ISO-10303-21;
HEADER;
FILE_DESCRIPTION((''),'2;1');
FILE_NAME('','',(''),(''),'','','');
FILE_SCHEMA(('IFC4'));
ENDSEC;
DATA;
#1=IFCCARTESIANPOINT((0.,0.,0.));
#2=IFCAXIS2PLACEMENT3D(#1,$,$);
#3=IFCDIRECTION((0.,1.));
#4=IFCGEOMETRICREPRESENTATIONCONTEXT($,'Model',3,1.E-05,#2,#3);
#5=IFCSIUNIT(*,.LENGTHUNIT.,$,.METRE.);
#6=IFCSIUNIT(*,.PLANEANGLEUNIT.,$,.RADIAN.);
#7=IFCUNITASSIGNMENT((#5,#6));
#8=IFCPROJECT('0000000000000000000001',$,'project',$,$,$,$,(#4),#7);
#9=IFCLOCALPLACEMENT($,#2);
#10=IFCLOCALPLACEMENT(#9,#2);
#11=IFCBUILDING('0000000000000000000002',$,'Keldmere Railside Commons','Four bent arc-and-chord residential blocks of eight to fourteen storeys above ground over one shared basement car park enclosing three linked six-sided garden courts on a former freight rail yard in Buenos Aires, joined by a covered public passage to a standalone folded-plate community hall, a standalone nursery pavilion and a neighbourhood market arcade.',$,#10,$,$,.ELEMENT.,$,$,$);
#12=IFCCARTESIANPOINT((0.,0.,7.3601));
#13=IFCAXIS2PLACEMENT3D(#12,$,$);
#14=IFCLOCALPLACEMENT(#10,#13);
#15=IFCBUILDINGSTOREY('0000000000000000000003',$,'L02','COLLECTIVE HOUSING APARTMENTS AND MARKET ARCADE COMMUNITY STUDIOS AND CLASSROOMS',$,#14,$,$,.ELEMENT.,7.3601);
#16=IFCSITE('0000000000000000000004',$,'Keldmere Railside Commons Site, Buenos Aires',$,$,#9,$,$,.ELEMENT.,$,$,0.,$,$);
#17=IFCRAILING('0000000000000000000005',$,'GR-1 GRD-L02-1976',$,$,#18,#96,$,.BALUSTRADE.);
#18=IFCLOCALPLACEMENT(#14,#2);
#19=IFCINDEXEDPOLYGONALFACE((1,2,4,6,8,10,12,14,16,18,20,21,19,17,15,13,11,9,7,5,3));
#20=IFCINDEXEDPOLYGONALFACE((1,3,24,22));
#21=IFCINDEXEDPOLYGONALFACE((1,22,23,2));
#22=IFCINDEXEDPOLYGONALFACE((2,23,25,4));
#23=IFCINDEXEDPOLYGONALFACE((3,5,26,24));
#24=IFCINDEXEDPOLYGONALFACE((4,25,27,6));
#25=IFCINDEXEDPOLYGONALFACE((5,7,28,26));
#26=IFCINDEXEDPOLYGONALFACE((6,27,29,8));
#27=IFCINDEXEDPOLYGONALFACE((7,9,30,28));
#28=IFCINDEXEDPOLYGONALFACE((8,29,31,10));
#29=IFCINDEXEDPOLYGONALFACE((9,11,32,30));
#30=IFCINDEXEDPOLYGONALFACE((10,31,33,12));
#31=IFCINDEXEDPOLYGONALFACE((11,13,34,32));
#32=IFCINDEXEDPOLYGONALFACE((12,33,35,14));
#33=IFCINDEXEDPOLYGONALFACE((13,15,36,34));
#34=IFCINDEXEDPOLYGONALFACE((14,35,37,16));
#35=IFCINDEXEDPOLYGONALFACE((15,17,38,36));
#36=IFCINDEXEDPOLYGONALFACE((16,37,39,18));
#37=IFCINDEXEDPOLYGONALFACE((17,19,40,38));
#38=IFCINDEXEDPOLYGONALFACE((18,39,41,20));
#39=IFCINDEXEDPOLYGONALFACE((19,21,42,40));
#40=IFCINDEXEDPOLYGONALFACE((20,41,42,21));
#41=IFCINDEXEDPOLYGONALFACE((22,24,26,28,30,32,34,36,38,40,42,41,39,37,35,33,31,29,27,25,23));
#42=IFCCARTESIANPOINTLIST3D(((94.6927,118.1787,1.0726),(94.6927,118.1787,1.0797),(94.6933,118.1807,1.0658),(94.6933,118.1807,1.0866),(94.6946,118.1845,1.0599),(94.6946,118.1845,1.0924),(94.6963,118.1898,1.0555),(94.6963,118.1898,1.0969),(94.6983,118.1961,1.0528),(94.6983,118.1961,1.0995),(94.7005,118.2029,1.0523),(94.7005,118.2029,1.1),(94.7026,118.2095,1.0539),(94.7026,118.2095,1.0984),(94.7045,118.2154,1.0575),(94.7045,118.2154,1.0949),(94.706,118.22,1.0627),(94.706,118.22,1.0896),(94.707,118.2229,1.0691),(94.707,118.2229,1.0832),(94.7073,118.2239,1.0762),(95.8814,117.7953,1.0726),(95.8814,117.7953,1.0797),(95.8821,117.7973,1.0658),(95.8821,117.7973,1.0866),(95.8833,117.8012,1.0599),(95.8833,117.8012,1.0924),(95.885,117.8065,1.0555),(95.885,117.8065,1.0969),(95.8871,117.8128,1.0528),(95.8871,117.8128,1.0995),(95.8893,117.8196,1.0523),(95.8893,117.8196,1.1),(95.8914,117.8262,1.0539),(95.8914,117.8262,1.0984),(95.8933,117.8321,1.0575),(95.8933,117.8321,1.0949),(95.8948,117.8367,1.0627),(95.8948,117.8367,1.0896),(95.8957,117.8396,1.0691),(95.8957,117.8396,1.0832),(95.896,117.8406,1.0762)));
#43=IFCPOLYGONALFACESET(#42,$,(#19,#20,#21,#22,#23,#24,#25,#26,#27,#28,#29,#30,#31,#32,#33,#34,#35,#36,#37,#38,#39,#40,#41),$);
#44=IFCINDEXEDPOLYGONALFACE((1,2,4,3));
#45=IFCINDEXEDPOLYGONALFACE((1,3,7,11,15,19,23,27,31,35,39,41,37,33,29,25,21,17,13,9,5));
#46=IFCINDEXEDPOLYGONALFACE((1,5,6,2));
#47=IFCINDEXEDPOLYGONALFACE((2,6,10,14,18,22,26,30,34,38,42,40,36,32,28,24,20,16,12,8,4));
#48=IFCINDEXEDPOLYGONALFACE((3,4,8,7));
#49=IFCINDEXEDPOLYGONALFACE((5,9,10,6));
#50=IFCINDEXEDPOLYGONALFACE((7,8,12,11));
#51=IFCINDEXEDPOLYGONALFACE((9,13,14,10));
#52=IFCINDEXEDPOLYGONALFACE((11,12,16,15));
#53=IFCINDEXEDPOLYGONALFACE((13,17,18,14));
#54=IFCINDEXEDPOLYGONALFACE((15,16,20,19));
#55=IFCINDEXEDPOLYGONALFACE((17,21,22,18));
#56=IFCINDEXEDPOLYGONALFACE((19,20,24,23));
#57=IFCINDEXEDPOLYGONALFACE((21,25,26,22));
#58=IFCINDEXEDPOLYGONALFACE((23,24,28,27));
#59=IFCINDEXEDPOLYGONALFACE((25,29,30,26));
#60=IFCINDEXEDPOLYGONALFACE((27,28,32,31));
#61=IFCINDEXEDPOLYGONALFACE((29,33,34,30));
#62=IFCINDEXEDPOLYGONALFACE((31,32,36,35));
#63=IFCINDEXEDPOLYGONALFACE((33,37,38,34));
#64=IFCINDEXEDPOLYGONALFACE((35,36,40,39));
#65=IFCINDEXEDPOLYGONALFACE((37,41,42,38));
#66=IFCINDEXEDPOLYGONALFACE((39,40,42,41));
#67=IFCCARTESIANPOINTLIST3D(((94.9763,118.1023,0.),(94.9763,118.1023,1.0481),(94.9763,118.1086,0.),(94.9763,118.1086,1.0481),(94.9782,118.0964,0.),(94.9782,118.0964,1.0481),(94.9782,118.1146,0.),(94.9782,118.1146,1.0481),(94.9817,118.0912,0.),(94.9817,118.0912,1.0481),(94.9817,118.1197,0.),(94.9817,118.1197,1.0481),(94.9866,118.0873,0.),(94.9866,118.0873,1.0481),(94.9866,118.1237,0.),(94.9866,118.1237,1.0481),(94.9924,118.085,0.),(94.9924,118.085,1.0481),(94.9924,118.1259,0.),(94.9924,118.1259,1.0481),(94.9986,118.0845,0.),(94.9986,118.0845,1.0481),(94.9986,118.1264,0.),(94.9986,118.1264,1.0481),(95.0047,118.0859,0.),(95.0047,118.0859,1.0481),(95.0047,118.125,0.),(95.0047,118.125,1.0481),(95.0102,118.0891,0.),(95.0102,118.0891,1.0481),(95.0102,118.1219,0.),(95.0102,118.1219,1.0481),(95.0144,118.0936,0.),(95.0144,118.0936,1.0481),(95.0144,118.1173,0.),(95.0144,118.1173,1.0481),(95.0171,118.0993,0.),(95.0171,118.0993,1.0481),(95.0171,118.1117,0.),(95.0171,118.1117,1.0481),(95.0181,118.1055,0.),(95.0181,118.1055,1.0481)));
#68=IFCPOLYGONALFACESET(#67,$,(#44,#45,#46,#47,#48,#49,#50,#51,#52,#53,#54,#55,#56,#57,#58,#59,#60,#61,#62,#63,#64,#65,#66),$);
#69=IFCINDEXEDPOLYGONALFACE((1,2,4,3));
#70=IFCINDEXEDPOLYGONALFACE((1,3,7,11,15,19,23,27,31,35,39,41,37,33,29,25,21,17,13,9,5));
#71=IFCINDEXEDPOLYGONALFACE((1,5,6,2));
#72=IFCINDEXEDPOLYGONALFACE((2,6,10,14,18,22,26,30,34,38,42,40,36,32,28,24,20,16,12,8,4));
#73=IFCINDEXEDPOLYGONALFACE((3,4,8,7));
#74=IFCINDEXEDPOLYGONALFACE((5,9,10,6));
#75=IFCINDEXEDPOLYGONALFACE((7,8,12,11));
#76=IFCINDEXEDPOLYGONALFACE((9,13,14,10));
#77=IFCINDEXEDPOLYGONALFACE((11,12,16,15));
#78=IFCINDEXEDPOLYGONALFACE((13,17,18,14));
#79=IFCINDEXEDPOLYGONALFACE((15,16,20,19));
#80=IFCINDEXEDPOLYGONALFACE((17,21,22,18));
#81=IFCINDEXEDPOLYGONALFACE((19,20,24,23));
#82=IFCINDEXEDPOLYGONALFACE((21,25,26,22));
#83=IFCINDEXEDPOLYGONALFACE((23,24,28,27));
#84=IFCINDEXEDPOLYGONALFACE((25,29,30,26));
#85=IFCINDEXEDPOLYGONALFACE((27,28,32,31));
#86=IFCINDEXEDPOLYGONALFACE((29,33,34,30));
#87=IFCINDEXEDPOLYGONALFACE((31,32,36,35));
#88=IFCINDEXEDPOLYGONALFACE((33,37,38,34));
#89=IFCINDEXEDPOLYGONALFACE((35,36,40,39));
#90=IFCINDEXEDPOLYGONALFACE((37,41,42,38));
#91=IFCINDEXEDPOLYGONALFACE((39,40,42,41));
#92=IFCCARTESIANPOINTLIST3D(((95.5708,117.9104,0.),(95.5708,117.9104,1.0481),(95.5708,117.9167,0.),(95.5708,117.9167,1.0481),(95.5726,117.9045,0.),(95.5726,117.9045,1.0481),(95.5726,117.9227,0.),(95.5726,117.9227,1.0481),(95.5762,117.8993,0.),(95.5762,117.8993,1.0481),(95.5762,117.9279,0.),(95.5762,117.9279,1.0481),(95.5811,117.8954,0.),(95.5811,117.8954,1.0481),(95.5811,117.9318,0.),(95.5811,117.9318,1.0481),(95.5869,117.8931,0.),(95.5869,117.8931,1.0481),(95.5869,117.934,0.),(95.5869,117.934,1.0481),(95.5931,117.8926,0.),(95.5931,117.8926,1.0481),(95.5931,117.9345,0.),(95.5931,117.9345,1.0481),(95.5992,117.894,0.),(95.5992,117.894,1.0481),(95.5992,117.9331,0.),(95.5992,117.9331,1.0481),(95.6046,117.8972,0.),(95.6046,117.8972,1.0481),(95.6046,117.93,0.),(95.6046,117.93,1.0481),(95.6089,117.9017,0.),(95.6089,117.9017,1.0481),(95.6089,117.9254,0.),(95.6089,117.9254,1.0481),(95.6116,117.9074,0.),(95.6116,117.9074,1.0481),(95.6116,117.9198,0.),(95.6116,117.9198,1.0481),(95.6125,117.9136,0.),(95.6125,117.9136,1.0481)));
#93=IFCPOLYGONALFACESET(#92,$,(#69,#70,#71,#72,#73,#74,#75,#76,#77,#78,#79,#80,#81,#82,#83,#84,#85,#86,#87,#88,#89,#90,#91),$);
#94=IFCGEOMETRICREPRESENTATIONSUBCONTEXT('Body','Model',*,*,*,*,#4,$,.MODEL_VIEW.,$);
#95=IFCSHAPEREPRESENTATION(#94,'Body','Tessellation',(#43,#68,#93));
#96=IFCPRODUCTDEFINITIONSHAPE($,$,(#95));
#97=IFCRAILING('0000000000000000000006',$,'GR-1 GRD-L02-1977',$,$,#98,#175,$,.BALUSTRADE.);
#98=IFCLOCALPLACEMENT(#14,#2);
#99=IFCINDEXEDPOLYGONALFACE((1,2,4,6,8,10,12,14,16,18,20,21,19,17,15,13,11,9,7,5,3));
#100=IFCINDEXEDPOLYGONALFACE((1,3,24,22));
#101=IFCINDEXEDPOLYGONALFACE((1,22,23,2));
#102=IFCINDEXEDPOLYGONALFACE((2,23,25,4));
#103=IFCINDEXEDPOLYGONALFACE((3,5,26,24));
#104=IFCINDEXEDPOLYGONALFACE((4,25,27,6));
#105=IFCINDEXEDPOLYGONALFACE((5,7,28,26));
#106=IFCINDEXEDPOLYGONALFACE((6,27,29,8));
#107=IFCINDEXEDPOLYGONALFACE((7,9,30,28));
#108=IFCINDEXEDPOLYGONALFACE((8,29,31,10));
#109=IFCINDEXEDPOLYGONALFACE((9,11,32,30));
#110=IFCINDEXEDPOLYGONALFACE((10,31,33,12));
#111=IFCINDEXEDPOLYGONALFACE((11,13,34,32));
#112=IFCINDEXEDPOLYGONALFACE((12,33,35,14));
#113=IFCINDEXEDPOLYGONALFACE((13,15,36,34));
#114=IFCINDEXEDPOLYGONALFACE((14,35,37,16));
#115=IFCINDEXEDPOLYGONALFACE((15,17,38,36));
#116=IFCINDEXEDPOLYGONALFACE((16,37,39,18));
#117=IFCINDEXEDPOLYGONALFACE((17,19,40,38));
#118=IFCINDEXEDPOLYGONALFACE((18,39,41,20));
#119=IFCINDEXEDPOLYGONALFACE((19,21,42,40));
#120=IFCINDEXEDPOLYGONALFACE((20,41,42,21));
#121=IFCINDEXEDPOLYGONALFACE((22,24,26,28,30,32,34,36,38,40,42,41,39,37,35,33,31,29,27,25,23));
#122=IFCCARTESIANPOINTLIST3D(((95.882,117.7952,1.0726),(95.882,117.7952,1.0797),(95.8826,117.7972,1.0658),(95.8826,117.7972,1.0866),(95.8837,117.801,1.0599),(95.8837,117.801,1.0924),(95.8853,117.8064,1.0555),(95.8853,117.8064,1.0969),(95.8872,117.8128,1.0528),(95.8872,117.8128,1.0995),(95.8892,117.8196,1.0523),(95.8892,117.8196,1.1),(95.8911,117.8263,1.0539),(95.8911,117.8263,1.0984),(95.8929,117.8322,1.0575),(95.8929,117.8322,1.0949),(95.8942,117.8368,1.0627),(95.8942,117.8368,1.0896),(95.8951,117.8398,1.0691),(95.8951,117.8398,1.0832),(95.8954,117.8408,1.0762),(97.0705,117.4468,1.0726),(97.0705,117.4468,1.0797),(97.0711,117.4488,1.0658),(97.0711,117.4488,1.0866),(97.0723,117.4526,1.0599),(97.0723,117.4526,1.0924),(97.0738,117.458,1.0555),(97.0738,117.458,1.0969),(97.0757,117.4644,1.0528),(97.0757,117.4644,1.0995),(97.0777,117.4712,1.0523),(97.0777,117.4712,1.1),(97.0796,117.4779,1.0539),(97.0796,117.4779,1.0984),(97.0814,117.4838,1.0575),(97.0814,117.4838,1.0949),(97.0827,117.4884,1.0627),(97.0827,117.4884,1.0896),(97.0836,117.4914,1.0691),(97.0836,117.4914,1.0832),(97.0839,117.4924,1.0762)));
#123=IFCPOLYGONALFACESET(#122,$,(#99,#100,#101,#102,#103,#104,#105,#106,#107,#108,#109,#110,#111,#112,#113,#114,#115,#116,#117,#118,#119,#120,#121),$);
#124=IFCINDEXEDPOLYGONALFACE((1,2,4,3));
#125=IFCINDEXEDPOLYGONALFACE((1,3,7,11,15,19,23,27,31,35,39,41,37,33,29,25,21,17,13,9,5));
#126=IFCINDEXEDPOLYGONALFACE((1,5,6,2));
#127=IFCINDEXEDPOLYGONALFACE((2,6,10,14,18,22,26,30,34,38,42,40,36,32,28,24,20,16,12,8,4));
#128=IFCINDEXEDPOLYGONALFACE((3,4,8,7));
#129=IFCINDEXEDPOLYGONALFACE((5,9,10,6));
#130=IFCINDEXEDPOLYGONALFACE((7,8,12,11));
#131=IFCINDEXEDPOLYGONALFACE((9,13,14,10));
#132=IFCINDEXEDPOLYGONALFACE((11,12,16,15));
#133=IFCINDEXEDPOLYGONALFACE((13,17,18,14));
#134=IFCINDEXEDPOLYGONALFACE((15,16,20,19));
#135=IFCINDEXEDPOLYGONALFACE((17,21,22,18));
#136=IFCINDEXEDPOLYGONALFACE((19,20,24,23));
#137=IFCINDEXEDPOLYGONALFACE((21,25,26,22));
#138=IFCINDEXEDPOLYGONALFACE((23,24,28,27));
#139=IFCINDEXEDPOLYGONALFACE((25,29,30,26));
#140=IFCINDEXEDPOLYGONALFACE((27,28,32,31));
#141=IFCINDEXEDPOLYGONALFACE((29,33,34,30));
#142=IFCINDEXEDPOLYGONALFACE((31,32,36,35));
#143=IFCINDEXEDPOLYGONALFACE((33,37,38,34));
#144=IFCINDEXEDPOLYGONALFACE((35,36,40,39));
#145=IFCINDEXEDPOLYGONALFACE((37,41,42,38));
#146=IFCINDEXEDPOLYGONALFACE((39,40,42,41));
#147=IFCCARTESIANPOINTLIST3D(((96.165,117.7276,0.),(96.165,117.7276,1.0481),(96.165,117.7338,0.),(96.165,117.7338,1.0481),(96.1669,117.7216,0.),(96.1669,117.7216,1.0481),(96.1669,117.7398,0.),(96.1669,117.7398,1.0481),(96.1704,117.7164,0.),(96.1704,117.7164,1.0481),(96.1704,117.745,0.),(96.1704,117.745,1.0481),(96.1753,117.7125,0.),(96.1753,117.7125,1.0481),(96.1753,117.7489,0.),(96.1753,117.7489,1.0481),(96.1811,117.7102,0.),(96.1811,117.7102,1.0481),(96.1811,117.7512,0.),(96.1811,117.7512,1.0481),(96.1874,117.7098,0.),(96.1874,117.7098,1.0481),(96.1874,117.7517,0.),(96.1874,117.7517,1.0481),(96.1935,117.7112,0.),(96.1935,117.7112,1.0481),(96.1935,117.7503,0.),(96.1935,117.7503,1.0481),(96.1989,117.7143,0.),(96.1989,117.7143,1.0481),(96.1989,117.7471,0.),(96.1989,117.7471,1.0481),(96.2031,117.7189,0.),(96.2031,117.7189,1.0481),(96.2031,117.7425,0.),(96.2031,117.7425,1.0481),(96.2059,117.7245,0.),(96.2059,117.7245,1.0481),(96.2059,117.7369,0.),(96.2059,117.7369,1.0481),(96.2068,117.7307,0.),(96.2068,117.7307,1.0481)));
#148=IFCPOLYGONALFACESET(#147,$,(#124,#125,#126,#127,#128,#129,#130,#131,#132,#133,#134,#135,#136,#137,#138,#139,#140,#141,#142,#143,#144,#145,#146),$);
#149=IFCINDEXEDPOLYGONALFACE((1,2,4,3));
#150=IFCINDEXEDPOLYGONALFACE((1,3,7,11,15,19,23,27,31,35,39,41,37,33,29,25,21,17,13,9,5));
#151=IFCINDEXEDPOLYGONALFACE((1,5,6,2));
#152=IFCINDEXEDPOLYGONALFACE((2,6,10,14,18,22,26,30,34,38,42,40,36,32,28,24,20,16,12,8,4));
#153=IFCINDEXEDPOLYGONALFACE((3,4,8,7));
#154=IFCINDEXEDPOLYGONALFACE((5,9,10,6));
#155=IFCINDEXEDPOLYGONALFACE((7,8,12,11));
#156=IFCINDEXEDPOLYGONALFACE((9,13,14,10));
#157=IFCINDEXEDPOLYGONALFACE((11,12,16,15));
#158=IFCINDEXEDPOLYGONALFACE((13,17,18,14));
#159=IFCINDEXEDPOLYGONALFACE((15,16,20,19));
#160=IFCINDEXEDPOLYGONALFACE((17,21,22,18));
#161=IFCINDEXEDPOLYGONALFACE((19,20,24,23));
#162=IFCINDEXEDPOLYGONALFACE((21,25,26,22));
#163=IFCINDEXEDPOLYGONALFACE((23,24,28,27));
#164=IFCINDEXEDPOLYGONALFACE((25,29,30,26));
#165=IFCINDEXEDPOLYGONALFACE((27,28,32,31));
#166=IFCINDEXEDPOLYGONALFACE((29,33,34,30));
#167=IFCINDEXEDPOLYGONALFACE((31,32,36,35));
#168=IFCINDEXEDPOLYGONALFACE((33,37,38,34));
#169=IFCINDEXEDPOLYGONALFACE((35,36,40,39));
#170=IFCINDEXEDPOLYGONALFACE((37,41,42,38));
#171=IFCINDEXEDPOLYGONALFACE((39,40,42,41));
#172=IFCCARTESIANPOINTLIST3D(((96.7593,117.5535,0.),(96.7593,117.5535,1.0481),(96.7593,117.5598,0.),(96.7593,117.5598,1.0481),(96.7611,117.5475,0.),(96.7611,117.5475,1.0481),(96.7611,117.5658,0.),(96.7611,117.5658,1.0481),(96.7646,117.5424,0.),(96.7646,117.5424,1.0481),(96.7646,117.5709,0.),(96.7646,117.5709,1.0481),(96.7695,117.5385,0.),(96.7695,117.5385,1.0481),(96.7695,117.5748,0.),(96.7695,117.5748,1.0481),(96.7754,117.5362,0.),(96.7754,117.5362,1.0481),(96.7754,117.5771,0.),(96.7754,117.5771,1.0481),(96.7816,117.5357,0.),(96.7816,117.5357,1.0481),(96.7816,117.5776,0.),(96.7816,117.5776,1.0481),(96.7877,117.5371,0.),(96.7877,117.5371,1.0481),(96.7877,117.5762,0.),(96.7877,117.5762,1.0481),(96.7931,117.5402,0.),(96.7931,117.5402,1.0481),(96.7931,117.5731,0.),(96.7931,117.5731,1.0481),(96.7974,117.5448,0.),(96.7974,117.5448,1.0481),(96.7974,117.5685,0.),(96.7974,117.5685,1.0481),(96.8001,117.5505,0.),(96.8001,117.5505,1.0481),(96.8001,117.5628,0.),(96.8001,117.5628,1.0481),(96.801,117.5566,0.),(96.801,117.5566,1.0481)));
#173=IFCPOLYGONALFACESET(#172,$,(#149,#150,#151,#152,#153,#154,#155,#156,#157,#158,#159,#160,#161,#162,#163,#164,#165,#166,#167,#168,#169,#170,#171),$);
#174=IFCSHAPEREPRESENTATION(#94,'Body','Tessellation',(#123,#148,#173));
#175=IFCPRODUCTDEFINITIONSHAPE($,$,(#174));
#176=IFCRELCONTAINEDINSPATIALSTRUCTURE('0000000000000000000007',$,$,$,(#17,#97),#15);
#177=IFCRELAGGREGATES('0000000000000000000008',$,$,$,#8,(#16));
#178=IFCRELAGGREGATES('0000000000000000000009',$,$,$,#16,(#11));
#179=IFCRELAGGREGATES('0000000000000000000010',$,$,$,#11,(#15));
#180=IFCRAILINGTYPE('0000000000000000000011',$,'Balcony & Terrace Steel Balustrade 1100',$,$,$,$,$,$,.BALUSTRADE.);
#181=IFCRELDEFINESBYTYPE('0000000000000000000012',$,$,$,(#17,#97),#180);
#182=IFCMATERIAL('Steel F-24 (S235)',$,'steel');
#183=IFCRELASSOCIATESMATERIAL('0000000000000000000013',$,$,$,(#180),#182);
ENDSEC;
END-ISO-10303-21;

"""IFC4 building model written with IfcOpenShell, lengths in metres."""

from ifc_helpers import new_model, si_unit, direction, frame, origin, origin_2d, place, context, subcontext, project, spatial, circle, extrude, material, type_object, element, save


model = new_model("IFC4")

# Units and contexts
model_context = context("Model", 3, precision=1e-05, world=origin(), true_north=direction((0.0, 1.0)))
body_context = subcontext(model_context, "Body", "Model", "MODEL_VIEW")
ifc_project = project(units=[si_unit("LENGTHUNIT", "METRE"), si_unit("PLANEANGLEUNIT", "RADIAN")], contexts=[model_context])

# Site, building, storey
site_placement = place(None, origin())
site = spatial("IfcSite", under=ifc_project, at=site_placement, Name="Keldmere Railside Commons Site, Buenos Aires", CompositionType="ELEMENT", RefElevation=0.0)
building_placement = place(site_placement, origin())
building = spatial("IfcBuilding", under=site, at=building_placement, Name="Keldmere Railside Commons", Description="Four bent arc-and-chord residential blocks of eight to fourteen storeys above ground over one shared basement car park enclosing three linked six-sided garden courts on a former freight rail yard in Buenos Aires, joined by a covered public passage to a standalone folded-plate community hall, a standalone nursery pavilion and a neighbourhood market arcade.", CompositionType="ELEMENT")
storey_placement = place(building_placement, frame((0.0, 0.0, 7.3601)))
storey = spatial("IfcBuildingStorey", under=building, at=storey_placement, Name="L02", Description="COLLECTIVE HOUSING APARTMENTS AND MARKET ARCADE COMMUNITY STUDIOS AND CLASSROOMS", CompositionType="ELEMENT", Elevation=7.3601)

# Railings
ifc_material_1 = material(Name="Steel F-24 (S235)", Category="steel")
railing_type = type_object("IfcRailingType", Name="Balcony & Terrace Steel Balustrade 1100", PredefinedType="BALUSTRADE", material=ifc_material_1)
railing_1_placement = place(storey_placement, frame((94.7, 118.2012, 0.0)))
element("IfcRailing", 1, at=railing_1_placement, inside=storey, type_object=railing_type, Name="GR-1 GRD-L02-1976", PredefinedType="BALUSTRADE", context=body_context, shape_type="SweptSolid", body=[
    extrude(circle(Radius=0.0239, at=origin_2d()), frame((0.0, 0.0, 1.0762), z_axis=(0.951745, -0.306889, 0.0), x_axis=(0.306889, 0.951745, 0.0)), (0.0, 0.0, 1.0), 1.249),
    extrude(circle(Radius=0.021, at=origin_2d()), frame((0.2971, -0.0957, 0.0)), (0.0, 0.0, 1.0), 1.0481),
    extrude(circle(Radius=0.021, at=origin_2d()), frame((0.8916, -0.2876, 0.0)), (0.0, 0.0, 1.0), 1.0481),
])
railing_2_placement = place(storey_placement, frame((95.8887, 117.8179, 0.0)))
element("IfcRailing", 2, at=railing_2_placement, inside=storey, type_object=railing_type, Name="GR-1 GRD-L02-1977", PredefinedType="BALUSTRADE", context=body_context, shape_type="SweptSolid", body=[
    extrude(circle(Radius=0.0239, at=origin_2d()), frame((0.0, 0.0, 1.0762), z_axis=(0.959619, -0.281302, 0.0), x_axis=(0.281302, 0.959619, 0.0)), (0.0, 0.0, 1.0), 1.2385),
    extrude(circle(Radius=0.021, at=origin_2d()), frame((0.2971, -0.0872, 0.0)), (0.0, 0.0, 1.0), 1.0481),
    extrude(circle(Radius=0.021, at=origin_2d()), frame((0.8914, -0.2612, 0.0)), (0.0, 0.0, 1.0), 1.0481),
])

save(model, "model.ifc")
